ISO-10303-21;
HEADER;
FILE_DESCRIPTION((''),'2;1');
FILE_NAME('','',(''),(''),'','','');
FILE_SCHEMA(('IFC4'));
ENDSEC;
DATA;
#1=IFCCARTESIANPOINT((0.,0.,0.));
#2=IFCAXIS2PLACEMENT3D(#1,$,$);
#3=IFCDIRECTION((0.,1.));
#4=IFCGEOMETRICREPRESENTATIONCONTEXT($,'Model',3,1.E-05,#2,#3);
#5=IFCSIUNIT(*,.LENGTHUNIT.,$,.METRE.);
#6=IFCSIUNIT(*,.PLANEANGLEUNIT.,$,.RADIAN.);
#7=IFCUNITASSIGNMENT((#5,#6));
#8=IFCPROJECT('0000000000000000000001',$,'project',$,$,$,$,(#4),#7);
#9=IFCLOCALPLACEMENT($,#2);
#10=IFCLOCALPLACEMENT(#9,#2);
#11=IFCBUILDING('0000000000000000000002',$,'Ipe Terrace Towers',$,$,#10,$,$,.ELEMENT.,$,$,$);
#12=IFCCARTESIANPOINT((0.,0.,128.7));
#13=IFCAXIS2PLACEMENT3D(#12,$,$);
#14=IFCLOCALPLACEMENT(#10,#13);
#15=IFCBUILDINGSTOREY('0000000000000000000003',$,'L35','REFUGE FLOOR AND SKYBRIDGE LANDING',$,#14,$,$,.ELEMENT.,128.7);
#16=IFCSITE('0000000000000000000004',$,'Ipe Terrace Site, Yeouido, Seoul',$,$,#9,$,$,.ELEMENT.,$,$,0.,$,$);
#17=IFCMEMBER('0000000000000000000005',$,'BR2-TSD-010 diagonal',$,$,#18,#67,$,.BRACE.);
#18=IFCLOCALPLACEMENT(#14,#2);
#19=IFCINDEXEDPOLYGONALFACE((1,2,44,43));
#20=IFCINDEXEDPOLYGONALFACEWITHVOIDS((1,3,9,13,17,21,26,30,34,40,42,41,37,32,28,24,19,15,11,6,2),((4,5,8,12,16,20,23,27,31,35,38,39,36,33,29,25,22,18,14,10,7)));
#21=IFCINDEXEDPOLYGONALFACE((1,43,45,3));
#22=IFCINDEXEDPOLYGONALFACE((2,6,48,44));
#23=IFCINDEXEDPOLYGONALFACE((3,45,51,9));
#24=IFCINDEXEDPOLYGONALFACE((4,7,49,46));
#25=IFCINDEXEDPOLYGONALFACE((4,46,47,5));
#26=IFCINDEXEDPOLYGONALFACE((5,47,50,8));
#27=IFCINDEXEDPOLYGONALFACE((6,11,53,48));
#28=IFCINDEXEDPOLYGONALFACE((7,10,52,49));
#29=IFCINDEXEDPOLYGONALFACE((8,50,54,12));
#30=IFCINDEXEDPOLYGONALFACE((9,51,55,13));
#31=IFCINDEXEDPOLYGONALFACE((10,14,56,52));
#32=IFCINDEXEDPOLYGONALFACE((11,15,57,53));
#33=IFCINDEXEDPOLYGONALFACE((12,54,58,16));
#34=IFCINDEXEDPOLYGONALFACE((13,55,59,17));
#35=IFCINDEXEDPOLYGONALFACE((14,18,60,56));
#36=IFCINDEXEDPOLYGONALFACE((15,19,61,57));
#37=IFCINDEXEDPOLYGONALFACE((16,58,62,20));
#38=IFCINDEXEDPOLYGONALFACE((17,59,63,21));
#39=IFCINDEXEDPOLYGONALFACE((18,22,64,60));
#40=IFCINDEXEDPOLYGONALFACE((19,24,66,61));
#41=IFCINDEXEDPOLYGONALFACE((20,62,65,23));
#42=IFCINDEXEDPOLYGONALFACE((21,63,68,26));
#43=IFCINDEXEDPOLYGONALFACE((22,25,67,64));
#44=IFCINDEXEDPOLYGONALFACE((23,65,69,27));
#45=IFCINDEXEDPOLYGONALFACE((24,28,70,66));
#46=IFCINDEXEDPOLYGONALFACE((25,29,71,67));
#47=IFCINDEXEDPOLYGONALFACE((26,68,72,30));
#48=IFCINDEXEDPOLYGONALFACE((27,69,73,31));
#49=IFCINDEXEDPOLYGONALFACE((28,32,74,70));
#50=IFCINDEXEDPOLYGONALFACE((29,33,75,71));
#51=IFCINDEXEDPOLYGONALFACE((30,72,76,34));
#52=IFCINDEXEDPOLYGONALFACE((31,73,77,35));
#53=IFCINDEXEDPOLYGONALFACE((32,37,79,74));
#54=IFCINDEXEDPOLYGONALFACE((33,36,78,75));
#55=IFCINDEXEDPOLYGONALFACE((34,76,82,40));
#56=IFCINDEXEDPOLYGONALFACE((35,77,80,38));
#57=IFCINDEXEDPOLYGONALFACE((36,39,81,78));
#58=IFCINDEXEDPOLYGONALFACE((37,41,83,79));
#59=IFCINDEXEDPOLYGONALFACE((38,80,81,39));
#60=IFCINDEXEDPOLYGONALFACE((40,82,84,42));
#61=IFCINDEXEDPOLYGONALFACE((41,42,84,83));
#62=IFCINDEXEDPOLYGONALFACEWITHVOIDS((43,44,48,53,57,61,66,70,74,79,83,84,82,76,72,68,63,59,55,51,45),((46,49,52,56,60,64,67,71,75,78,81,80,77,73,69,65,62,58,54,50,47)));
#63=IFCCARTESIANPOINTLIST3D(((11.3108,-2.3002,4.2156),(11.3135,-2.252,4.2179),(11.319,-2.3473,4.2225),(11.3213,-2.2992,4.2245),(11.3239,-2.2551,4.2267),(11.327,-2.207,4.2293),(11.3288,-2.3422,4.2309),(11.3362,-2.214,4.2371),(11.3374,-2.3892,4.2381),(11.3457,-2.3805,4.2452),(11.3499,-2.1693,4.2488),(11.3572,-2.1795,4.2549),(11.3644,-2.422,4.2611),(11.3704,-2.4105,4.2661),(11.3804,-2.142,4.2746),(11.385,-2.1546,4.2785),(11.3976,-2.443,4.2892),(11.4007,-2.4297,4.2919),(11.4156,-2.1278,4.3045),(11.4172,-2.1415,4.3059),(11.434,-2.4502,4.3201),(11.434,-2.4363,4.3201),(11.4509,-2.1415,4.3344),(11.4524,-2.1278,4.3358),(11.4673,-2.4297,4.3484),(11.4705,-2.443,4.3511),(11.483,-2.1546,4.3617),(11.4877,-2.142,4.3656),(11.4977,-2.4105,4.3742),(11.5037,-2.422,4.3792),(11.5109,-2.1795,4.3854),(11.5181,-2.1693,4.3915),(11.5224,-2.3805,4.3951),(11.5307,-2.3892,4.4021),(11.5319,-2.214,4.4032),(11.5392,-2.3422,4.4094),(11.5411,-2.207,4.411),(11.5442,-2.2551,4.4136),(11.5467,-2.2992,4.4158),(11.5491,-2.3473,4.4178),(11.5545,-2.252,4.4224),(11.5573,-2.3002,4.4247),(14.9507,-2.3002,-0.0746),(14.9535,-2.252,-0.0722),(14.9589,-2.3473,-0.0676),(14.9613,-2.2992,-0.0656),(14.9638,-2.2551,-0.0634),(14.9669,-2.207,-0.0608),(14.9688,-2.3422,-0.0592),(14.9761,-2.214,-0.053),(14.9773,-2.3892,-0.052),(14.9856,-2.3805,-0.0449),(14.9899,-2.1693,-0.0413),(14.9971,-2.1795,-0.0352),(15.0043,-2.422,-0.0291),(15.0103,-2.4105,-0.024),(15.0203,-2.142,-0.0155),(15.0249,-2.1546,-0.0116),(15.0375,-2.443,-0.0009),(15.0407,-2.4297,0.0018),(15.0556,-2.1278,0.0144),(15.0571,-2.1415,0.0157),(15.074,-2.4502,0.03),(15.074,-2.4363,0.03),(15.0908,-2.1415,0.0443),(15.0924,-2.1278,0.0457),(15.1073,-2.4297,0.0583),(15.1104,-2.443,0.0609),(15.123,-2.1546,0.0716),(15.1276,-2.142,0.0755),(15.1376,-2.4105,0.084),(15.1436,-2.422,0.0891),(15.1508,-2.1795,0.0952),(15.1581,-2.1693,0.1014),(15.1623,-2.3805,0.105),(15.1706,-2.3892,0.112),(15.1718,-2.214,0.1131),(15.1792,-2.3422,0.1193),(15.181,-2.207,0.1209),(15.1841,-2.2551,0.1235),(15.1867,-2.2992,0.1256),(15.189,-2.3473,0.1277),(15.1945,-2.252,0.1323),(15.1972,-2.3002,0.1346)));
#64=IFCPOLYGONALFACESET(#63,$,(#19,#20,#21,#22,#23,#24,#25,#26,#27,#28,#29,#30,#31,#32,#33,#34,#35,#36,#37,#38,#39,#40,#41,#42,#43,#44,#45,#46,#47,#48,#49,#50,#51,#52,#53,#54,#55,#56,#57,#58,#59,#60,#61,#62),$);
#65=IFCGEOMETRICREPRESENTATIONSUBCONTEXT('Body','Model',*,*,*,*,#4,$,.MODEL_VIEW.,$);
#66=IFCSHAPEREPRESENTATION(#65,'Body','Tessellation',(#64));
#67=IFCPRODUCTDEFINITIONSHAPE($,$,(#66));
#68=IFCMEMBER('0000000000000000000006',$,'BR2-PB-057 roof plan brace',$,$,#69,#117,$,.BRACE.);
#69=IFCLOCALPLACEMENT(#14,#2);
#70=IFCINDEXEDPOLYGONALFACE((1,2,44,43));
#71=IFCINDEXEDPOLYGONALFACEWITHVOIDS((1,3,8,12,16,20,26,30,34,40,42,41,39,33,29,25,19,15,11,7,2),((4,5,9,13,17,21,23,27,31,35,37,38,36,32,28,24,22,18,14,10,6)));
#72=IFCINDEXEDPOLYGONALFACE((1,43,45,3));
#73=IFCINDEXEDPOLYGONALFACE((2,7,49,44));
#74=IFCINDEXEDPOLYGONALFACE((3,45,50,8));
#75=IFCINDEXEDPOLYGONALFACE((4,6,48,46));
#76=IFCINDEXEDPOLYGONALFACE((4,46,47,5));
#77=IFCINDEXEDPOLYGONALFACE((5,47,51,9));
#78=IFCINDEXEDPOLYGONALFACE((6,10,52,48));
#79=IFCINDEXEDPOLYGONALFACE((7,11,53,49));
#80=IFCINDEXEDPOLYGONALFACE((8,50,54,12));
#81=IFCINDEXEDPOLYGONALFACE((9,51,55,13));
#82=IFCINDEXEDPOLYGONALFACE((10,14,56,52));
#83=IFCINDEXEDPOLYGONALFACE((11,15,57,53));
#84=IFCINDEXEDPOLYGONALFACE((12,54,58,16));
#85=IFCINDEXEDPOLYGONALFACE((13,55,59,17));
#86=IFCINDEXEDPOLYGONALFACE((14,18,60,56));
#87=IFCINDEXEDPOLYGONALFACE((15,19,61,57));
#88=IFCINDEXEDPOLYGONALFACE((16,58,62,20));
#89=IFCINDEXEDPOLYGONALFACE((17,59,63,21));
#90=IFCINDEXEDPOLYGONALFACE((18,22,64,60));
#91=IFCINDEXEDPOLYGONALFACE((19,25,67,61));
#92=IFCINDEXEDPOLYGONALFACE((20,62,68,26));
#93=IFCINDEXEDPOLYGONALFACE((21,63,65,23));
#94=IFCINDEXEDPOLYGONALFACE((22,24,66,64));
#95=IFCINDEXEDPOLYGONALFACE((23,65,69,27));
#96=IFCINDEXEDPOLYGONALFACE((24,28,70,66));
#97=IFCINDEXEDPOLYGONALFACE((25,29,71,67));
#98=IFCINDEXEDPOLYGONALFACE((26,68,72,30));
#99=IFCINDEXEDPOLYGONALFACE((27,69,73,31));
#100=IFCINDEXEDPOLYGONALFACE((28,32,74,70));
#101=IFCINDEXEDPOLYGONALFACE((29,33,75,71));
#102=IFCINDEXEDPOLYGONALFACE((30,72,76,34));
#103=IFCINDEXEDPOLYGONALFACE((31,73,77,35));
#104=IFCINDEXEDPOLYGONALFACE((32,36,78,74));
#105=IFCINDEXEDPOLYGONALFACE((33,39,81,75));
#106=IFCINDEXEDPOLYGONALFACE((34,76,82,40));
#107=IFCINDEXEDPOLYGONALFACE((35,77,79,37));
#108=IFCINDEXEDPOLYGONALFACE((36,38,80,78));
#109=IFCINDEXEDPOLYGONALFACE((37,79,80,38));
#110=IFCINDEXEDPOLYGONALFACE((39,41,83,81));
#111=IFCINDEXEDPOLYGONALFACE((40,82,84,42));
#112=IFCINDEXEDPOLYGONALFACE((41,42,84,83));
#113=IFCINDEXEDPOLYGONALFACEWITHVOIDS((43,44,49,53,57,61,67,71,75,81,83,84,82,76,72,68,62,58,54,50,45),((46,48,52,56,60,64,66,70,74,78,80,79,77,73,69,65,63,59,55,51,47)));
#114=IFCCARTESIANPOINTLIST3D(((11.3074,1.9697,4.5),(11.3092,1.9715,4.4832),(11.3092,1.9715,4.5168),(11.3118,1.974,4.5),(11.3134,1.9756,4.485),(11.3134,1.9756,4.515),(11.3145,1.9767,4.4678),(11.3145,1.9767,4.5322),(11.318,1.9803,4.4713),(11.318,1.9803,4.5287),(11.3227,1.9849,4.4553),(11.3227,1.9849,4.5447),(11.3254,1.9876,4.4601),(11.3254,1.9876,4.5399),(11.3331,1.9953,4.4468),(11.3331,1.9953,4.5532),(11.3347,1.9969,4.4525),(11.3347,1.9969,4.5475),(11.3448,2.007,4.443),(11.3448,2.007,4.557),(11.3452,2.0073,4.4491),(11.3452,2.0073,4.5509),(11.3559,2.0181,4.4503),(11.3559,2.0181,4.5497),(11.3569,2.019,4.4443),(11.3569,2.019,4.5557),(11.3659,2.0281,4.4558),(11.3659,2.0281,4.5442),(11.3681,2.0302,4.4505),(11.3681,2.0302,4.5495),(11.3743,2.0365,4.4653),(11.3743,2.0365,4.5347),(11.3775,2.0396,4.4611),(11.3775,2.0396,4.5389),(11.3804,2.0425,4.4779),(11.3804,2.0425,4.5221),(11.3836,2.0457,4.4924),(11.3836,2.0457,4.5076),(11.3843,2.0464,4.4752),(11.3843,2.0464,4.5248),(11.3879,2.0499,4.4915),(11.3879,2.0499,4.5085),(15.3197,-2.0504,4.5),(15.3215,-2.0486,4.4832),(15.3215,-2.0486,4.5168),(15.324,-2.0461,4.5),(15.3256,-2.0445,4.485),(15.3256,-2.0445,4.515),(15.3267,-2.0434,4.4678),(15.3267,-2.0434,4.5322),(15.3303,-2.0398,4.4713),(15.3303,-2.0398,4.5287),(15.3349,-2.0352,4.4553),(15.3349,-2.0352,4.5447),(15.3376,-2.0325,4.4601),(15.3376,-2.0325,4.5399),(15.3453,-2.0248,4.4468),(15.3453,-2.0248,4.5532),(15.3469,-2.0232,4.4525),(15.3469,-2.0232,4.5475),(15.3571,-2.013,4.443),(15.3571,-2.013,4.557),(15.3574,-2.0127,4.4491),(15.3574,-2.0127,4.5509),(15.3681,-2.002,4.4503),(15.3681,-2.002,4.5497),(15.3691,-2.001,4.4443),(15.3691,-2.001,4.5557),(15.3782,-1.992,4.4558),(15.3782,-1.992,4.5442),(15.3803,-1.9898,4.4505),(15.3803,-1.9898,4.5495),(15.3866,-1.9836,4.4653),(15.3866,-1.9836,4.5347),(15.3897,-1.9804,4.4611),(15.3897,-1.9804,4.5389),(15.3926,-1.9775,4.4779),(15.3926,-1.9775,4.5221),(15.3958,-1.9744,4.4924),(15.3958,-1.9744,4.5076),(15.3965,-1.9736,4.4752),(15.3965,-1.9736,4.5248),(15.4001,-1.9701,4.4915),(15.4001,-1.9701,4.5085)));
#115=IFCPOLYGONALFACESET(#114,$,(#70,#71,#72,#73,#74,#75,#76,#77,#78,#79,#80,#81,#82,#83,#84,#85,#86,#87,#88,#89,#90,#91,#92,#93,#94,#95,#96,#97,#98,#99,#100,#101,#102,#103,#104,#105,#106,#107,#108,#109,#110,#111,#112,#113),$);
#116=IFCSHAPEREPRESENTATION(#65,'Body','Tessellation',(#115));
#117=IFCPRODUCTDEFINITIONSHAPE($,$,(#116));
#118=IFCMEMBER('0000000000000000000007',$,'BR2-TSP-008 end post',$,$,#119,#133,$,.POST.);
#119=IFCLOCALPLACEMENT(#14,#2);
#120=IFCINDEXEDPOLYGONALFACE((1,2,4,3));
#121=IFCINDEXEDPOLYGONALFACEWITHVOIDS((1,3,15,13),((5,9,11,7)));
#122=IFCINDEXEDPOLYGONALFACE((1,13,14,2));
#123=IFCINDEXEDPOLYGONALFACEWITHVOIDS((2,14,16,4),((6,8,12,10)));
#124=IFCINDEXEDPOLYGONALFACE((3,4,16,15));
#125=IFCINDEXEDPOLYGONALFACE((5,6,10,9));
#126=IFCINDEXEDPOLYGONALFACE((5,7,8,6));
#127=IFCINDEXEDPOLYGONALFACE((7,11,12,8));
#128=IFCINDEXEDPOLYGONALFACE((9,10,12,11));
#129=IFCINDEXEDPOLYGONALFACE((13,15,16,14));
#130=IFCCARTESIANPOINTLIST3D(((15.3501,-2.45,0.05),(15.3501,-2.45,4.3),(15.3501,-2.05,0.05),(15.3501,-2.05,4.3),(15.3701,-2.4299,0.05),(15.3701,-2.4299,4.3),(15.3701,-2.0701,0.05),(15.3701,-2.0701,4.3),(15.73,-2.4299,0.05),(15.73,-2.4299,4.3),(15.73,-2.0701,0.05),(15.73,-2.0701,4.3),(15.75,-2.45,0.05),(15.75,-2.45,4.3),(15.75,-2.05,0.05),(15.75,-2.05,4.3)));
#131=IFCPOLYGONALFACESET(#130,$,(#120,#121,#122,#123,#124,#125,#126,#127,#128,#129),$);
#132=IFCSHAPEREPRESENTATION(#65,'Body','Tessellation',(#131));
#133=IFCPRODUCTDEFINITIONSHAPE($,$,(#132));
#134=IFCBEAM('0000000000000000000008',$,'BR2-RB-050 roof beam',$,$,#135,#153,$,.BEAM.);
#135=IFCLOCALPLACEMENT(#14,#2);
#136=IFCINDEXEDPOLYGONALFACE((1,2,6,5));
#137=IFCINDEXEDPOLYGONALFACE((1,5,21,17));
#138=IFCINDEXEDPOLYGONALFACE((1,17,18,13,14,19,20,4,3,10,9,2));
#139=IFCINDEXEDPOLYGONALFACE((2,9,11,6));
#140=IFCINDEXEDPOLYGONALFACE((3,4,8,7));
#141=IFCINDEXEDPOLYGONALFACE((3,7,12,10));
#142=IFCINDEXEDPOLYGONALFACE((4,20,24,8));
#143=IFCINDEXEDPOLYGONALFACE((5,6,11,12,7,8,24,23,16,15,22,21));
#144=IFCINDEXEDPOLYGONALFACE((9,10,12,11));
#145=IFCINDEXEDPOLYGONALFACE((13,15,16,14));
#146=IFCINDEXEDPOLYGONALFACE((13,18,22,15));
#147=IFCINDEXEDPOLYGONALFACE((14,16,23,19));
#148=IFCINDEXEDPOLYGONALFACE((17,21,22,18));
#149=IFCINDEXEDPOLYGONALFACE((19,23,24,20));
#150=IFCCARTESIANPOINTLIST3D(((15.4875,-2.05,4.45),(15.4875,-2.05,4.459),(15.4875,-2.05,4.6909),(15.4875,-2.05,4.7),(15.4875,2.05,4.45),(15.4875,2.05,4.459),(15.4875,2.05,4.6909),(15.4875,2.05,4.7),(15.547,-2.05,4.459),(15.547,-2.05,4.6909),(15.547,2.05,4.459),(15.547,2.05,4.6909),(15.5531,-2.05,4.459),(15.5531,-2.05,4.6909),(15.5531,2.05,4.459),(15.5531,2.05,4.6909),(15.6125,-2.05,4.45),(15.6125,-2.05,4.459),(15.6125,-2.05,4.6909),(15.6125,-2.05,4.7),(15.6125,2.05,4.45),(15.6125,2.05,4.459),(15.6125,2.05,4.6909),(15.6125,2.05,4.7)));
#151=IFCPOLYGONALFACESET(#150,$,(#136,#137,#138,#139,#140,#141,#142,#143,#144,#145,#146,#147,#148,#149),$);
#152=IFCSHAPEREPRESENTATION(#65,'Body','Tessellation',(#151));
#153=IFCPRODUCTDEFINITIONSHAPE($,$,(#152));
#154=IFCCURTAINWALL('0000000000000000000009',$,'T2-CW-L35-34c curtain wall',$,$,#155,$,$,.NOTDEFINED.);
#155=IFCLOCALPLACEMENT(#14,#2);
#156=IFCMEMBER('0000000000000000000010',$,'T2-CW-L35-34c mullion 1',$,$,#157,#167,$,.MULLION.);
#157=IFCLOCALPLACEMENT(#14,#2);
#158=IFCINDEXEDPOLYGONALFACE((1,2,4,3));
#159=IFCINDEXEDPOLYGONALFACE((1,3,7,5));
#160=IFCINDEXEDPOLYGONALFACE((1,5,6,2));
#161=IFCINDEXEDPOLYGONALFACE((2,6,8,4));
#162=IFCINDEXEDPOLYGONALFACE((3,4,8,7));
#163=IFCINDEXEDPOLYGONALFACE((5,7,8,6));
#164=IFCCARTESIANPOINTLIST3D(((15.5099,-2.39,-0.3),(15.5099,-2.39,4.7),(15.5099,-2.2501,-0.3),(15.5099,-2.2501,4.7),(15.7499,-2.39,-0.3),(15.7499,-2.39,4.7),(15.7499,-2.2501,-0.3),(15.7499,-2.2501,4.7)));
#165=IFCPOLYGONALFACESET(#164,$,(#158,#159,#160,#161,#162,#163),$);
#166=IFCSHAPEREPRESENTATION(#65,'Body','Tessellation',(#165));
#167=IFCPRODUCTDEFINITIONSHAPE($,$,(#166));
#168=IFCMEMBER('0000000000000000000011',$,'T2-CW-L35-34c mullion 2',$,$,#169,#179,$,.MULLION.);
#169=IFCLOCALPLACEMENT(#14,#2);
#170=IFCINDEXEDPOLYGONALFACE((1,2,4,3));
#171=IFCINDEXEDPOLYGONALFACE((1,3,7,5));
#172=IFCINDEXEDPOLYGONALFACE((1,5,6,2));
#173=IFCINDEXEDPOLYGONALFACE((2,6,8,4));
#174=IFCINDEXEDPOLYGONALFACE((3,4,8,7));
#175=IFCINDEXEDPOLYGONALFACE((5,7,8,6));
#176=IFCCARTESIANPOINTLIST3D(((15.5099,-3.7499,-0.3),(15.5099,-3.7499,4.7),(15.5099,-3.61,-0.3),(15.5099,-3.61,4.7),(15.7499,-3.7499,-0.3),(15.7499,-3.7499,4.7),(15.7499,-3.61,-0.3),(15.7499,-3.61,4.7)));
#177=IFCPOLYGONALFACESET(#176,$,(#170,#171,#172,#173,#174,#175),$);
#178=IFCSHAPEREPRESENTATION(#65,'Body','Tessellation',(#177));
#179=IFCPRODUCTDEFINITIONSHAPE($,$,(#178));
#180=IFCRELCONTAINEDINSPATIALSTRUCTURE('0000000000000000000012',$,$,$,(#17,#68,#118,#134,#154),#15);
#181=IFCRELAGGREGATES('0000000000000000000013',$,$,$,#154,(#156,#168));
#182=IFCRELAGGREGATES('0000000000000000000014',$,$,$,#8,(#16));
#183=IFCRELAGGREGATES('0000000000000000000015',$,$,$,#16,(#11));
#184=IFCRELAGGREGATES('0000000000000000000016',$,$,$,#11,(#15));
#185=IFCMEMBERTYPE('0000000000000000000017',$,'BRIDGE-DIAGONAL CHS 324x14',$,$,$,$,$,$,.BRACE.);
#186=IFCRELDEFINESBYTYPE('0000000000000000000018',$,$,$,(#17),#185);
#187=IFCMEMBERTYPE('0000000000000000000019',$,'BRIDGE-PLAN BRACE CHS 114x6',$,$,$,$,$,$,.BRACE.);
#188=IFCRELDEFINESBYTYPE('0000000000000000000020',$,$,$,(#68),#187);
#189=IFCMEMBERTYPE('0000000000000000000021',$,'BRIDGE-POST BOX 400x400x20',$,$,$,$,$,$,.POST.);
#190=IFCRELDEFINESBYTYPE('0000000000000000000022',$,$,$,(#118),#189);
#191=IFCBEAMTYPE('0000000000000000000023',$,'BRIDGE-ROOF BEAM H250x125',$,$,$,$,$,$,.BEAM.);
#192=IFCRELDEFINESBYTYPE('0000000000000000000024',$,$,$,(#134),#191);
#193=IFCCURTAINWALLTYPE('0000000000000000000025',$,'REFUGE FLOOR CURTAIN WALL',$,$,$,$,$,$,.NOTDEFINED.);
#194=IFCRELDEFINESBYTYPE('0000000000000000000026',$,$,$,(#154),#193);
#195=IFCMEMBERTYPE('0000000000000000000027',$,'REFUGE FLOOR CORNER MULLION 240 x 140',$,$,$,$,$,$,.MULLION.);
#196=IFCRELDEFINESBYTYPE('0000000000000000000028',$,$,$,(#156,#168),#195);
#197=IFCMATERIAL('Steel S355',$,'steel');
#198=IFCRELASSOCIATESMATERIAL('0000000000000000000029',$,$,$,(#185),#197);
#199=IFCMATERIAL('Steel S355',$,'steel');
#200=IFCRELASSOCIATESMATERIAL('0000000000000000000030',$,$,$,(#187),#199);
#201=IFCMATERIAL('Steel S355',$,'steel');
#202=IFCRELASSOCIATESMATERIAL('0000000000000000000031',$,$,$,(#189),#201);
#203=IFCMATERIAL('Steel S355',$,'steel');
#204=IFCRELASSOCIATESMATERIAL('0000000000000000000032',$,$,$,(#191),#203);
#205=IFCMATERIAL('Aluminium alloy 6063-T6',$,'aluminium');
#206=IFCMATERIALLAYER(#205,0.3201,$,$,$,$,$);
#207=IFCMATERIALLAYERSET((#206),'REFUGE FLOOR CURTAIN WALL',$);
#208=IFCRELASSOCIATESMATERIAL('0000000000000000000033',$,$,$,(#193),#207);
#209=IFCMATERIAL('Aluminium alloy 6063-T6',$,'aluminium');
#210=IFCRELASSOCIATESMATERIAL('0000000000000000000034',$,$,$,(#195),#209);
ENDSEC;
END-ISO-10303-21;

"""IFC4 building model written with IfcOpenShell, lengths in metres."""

from ifc_helpers import new_model, si_unit, direction, frame, origin, origin_2d, place, context, subcontext, project, spatial, rectangle, hollow_rectangle, hollow_circle, i_section, extrude, material, layer, layer_set, material_profile, profile_set, type_object, element, aggregate, save


model = new_model("IFC4")

# Units and contexts
model_context = context("Model", 3, precision=1e-05, world=origin(), true_north=direction((0.0, 1.0)))
body_context = subcontext(model_context, "Body", "Model", "MODEL_VIEW")
ifc_project = project(units=[si_unit("LENGTHUNIT", "METRE"), si_unit("PLANEANGLEUNIT", "RADIAN")], contexts=[model_context])

# Site, building, storey
site_placement = place(None, origin())
site = spatial("IfcSite", under=ifc_project, at=site_placement, Name="Ipe Terrace Site, Yeouido, Seoul", CompositionType="ELEMENT", RefElevation=0.0)
building_placement = place(site_placement, origin())
building = spatial("IfcBuilding", under=site, at=building_placement, Name="Ipe Terrace Towers", CompositionType="ELEMENT")
storey_placement = place(building_placement, frame((0.0, 0.0, 128.7)))
storey = spatial("IfcBuildingStorey", under=building, at=storey_placement, Name="L35", Description="REFUGE FLOOR AND SKYBRIDGE LANDING", CompositionType="ELEMENT", Elevation=128.7)

# Members
ifc_material_1 = material(Name="Steel S355", Category="steel")
ifc_material_profile_1 = material_profile(ifc_material_1, hollow_circle(Radius=0.1621, WallThickness=0.0139, at=origin_2d()), Name="BRIDGE-DIAGONAL CHS 324x14")
ifc_profile_set_1 = profile_set([ifc_material_profile_1], Name="Steel S355")
member_type_1 = type_object("IfcMemberType", Name="BRIDGE-DIAGONAL CHS 324x14", PredefinedType="BRACE", material=ifc_profile_set_1)
member_1_placement = place(storey_placement, frame((15.074, -2.2881, 0.03), z_axis=(-0.646963, 0.0, 0.762521), x_axis=(0.0, -1.0, 0.0)))
element("IfcMember", 1, at=member_1_placement, inside=storey, type_object=member_type_1, Name="BR2-TSD-010 diagonal", PredefinedType="BRACE", context=body_context, shape_type="SweptSolid", body=[
    extrude(hollow_circle(Radius=0.1621, WallThickness=0.0139, at=origin_2d()), origin(), (0.0, 0.0, 1.0), 5.6262),
])
ifc_material_2 = material(Name="Steel S355", Category="steel")
ifc_material_profile_2 = material_profile(ifc_material_2, hollow_circle(Radius=0.0571, WallThickness=0.0061, at=origin_2d()), Name="BRIDGE-PLAN BRACE CHS 114x6")
ifc_profile_set_2 = profile_set([ifc_material_profile_2], Name="Steel S355")
member_type_2 = type_object("IfcMemberType", Name="BRIDGE-PLAN BRACE CHS 114x6", PredefinedType="BRACE", material=ifc_profile_set_2)
member_2_placement = place(storey_placement, frame((15.3601, -2.01, 4.5), z_axis=(-0.706419, 0.707794, 0.0), x_axis=(-0.707794, -0.706419, 0.0)))
element("IfcMember", 2, at=member_2_placement, inside=storey, type_object=member_type_2, Name="BR2-PB-057 roof plan brace", PredefinedType="BRACE", context=body_context, shape_type="SweptSolid", body=[
    extrude(hollow_circle(Radius=0.0571, WallThickness=0.0061, at=origin_2d()), origin(), (0.0, 0.0, 1.0), 5.6797),
])
ifc_material_3 = material(Name="Steel S355", Category="steel")
ifc_material_profile_3 = material_profile(ifc_material_3, hollow_rectangle(XDim=0.3999, YDim=0.3999, WallThickness=0.02, at=origin_2d()), Name="BRIDGE-POST BOX 400x400x20")
ifc_profile_set_3 = profile_set([ifc_material_profile_3], Name="Steel S355")
member_type_3 = type_object("IfcMemberType", Name="BRIDGE-POST BOX 400x400x20", PredefinedType="POST", material=ifc_profile_set_3)
member_3_placement = place(storey_placement, frame((15.55, -2.25, 0.05), z_axis=(0.0, 0.0, 1.0), x_axis=(1.0, 0.0, 0.0)))
element("IfcMember", 3, at=member_3_placement, inside=storey, type_object=member_type_3, Name="BR2-TSP-008 end post", PredefinedType="POST", context=body_context, shape_type="SweptSolid", body=[
    extrude(hollow_rectangle(XDim=0.3999, YDim=0.3999, WallThickness=0.02, at=origin_2d()), origin(), (0.0, 0.0, 1.0), 4.25),
])

# Beam
ifc_material_4 = material(Name="Steel S355", Category="steel")
ifc_material_profile_4 = material_profile(ifc_material_4, i_section(OverallWidth=0.125, OverallDepth=0.25, WebThickness=0.0061, FlangeThickness=0.009, at=origin_2d()), Name="H250x125")
ifc_profile_set_4 = profile_set([ifc_material_profile_4], Name="Steel S355")
beam_type_1 = type_object("IfcBeamType", Name="BRIDGE-ROOF BEAM H250x125", PredefinedType="BEAM", material=ifc_profile_set_4)
beam_placement = place(storey_placement, frame((15.55, -2.05, 4.575), z_axis=(0.0, 1.0, 0.0), x_axis=(-1.0, 0.0, 0.0)))
element("IfcBeam", 4, at=beam_placement, inside=storey, type_object=beam_type_1, Name="BR2-RB-050 roof beam", PredefinedType="BEAM", context=body_context, shape_type="SweptSolid", body=[
    extrude(i_section(OverallWidth=0.125, OverallDepth=0.25, WebThickness=0.0061, FlangeThickness=0.009, at=origin_2d()), origin(), (0.0, 0.0, 1.0), 4.1001),
])

# Curtain wall, members
ifc_material_5 = material(Name="Aluminium alloy 6063-T6", Category="aluminium")
ifc_layer_1 = layer(ifc_material_5, 0.3201)
ifc_layer_set_1 = layer_set([ifc_layer_1], Name="REFUGE FLOOR CURTAIN WALL")
curtain_wall_type_1 = type_object("IfcCurtainWallType", Name="REFUGE FLOOR CURTAIN WALL", PredefinedType="NOTDEFINED", material=ifc_layer_set_1)
curtain_wall_1_placement = place(storey_placement, origin())
curtain_wall_1 = element("IfcCurtainWall", 5, at=curtain_wall_1_placement, inside=storey, type_object=curtain_wall_type_1, Name="T2-CW-L35-34c curtain wall", PredefinedType="NOTDEFINED")
ifc_material_6 = material(Name="Aluminium alloy 6063-T6", Category="aluminium")
ifc_material_profile_5 = material_profile(ifc_material_6, rectangle(XDim=0.24, YDim=0.1399, at=origin_2d()), Name="REFUGE FLOOR CORNER MULLION 240 x 140")
ifc_profile_set_5 = profile_set([ifc_material_profile_5], Name="Aluminium alloy 6063-T6")
member_type_4 = type_object("IfcMemberType", Name="REFUGE FLOOR CORNER MULLION 240 x 140", PredefinedType="MULLION", material=ifc_profile_set_5)
member_4_placement = place(storey_placement, frame((15.6299, -2.3201, -0.3), z_axis=(0.0, 0.0, 1.0), x_axis=(-1.0, 0.0, 0.0)))
member_4 = element("IfcMember", 6, at=member_4_placement, type_object=member_type_4, Name="T2-CW-L35-34c mullion 1", PredefinedType="MULLION", context=body_context, shape_type="SweptSolid", body=[
    extrude(rectangle(XDim=0.24, YDim=0.1399, at=origin_2d()), origin(), (0.0, 0.0, 1.0), 5.0),
])
member_5_placement = place(storey_placement, frame((15.6299, -3.6799, -0.3), z_axis=(0.0, 0.0, 1.0), x_axis=(-1.0, 0.0, 0.0)))
member_5 = element("IfcMember", 7, at=member_5_placement, type_object=member_type_4, Name="T2-CW-L35-34c mullion 2", PredefinedType="MULLION", context=body_context, shape_type="SweptSolid", body=[
    extrude(rectangle(XDim=0.24, YDim=0.1399, at=origin_2d()), origin(), (0.0, 0.0, 1.0), 5.0),
])
aggregate(curtain_wall_1, [member_4, member_5])

save(model, "model.ifc")
